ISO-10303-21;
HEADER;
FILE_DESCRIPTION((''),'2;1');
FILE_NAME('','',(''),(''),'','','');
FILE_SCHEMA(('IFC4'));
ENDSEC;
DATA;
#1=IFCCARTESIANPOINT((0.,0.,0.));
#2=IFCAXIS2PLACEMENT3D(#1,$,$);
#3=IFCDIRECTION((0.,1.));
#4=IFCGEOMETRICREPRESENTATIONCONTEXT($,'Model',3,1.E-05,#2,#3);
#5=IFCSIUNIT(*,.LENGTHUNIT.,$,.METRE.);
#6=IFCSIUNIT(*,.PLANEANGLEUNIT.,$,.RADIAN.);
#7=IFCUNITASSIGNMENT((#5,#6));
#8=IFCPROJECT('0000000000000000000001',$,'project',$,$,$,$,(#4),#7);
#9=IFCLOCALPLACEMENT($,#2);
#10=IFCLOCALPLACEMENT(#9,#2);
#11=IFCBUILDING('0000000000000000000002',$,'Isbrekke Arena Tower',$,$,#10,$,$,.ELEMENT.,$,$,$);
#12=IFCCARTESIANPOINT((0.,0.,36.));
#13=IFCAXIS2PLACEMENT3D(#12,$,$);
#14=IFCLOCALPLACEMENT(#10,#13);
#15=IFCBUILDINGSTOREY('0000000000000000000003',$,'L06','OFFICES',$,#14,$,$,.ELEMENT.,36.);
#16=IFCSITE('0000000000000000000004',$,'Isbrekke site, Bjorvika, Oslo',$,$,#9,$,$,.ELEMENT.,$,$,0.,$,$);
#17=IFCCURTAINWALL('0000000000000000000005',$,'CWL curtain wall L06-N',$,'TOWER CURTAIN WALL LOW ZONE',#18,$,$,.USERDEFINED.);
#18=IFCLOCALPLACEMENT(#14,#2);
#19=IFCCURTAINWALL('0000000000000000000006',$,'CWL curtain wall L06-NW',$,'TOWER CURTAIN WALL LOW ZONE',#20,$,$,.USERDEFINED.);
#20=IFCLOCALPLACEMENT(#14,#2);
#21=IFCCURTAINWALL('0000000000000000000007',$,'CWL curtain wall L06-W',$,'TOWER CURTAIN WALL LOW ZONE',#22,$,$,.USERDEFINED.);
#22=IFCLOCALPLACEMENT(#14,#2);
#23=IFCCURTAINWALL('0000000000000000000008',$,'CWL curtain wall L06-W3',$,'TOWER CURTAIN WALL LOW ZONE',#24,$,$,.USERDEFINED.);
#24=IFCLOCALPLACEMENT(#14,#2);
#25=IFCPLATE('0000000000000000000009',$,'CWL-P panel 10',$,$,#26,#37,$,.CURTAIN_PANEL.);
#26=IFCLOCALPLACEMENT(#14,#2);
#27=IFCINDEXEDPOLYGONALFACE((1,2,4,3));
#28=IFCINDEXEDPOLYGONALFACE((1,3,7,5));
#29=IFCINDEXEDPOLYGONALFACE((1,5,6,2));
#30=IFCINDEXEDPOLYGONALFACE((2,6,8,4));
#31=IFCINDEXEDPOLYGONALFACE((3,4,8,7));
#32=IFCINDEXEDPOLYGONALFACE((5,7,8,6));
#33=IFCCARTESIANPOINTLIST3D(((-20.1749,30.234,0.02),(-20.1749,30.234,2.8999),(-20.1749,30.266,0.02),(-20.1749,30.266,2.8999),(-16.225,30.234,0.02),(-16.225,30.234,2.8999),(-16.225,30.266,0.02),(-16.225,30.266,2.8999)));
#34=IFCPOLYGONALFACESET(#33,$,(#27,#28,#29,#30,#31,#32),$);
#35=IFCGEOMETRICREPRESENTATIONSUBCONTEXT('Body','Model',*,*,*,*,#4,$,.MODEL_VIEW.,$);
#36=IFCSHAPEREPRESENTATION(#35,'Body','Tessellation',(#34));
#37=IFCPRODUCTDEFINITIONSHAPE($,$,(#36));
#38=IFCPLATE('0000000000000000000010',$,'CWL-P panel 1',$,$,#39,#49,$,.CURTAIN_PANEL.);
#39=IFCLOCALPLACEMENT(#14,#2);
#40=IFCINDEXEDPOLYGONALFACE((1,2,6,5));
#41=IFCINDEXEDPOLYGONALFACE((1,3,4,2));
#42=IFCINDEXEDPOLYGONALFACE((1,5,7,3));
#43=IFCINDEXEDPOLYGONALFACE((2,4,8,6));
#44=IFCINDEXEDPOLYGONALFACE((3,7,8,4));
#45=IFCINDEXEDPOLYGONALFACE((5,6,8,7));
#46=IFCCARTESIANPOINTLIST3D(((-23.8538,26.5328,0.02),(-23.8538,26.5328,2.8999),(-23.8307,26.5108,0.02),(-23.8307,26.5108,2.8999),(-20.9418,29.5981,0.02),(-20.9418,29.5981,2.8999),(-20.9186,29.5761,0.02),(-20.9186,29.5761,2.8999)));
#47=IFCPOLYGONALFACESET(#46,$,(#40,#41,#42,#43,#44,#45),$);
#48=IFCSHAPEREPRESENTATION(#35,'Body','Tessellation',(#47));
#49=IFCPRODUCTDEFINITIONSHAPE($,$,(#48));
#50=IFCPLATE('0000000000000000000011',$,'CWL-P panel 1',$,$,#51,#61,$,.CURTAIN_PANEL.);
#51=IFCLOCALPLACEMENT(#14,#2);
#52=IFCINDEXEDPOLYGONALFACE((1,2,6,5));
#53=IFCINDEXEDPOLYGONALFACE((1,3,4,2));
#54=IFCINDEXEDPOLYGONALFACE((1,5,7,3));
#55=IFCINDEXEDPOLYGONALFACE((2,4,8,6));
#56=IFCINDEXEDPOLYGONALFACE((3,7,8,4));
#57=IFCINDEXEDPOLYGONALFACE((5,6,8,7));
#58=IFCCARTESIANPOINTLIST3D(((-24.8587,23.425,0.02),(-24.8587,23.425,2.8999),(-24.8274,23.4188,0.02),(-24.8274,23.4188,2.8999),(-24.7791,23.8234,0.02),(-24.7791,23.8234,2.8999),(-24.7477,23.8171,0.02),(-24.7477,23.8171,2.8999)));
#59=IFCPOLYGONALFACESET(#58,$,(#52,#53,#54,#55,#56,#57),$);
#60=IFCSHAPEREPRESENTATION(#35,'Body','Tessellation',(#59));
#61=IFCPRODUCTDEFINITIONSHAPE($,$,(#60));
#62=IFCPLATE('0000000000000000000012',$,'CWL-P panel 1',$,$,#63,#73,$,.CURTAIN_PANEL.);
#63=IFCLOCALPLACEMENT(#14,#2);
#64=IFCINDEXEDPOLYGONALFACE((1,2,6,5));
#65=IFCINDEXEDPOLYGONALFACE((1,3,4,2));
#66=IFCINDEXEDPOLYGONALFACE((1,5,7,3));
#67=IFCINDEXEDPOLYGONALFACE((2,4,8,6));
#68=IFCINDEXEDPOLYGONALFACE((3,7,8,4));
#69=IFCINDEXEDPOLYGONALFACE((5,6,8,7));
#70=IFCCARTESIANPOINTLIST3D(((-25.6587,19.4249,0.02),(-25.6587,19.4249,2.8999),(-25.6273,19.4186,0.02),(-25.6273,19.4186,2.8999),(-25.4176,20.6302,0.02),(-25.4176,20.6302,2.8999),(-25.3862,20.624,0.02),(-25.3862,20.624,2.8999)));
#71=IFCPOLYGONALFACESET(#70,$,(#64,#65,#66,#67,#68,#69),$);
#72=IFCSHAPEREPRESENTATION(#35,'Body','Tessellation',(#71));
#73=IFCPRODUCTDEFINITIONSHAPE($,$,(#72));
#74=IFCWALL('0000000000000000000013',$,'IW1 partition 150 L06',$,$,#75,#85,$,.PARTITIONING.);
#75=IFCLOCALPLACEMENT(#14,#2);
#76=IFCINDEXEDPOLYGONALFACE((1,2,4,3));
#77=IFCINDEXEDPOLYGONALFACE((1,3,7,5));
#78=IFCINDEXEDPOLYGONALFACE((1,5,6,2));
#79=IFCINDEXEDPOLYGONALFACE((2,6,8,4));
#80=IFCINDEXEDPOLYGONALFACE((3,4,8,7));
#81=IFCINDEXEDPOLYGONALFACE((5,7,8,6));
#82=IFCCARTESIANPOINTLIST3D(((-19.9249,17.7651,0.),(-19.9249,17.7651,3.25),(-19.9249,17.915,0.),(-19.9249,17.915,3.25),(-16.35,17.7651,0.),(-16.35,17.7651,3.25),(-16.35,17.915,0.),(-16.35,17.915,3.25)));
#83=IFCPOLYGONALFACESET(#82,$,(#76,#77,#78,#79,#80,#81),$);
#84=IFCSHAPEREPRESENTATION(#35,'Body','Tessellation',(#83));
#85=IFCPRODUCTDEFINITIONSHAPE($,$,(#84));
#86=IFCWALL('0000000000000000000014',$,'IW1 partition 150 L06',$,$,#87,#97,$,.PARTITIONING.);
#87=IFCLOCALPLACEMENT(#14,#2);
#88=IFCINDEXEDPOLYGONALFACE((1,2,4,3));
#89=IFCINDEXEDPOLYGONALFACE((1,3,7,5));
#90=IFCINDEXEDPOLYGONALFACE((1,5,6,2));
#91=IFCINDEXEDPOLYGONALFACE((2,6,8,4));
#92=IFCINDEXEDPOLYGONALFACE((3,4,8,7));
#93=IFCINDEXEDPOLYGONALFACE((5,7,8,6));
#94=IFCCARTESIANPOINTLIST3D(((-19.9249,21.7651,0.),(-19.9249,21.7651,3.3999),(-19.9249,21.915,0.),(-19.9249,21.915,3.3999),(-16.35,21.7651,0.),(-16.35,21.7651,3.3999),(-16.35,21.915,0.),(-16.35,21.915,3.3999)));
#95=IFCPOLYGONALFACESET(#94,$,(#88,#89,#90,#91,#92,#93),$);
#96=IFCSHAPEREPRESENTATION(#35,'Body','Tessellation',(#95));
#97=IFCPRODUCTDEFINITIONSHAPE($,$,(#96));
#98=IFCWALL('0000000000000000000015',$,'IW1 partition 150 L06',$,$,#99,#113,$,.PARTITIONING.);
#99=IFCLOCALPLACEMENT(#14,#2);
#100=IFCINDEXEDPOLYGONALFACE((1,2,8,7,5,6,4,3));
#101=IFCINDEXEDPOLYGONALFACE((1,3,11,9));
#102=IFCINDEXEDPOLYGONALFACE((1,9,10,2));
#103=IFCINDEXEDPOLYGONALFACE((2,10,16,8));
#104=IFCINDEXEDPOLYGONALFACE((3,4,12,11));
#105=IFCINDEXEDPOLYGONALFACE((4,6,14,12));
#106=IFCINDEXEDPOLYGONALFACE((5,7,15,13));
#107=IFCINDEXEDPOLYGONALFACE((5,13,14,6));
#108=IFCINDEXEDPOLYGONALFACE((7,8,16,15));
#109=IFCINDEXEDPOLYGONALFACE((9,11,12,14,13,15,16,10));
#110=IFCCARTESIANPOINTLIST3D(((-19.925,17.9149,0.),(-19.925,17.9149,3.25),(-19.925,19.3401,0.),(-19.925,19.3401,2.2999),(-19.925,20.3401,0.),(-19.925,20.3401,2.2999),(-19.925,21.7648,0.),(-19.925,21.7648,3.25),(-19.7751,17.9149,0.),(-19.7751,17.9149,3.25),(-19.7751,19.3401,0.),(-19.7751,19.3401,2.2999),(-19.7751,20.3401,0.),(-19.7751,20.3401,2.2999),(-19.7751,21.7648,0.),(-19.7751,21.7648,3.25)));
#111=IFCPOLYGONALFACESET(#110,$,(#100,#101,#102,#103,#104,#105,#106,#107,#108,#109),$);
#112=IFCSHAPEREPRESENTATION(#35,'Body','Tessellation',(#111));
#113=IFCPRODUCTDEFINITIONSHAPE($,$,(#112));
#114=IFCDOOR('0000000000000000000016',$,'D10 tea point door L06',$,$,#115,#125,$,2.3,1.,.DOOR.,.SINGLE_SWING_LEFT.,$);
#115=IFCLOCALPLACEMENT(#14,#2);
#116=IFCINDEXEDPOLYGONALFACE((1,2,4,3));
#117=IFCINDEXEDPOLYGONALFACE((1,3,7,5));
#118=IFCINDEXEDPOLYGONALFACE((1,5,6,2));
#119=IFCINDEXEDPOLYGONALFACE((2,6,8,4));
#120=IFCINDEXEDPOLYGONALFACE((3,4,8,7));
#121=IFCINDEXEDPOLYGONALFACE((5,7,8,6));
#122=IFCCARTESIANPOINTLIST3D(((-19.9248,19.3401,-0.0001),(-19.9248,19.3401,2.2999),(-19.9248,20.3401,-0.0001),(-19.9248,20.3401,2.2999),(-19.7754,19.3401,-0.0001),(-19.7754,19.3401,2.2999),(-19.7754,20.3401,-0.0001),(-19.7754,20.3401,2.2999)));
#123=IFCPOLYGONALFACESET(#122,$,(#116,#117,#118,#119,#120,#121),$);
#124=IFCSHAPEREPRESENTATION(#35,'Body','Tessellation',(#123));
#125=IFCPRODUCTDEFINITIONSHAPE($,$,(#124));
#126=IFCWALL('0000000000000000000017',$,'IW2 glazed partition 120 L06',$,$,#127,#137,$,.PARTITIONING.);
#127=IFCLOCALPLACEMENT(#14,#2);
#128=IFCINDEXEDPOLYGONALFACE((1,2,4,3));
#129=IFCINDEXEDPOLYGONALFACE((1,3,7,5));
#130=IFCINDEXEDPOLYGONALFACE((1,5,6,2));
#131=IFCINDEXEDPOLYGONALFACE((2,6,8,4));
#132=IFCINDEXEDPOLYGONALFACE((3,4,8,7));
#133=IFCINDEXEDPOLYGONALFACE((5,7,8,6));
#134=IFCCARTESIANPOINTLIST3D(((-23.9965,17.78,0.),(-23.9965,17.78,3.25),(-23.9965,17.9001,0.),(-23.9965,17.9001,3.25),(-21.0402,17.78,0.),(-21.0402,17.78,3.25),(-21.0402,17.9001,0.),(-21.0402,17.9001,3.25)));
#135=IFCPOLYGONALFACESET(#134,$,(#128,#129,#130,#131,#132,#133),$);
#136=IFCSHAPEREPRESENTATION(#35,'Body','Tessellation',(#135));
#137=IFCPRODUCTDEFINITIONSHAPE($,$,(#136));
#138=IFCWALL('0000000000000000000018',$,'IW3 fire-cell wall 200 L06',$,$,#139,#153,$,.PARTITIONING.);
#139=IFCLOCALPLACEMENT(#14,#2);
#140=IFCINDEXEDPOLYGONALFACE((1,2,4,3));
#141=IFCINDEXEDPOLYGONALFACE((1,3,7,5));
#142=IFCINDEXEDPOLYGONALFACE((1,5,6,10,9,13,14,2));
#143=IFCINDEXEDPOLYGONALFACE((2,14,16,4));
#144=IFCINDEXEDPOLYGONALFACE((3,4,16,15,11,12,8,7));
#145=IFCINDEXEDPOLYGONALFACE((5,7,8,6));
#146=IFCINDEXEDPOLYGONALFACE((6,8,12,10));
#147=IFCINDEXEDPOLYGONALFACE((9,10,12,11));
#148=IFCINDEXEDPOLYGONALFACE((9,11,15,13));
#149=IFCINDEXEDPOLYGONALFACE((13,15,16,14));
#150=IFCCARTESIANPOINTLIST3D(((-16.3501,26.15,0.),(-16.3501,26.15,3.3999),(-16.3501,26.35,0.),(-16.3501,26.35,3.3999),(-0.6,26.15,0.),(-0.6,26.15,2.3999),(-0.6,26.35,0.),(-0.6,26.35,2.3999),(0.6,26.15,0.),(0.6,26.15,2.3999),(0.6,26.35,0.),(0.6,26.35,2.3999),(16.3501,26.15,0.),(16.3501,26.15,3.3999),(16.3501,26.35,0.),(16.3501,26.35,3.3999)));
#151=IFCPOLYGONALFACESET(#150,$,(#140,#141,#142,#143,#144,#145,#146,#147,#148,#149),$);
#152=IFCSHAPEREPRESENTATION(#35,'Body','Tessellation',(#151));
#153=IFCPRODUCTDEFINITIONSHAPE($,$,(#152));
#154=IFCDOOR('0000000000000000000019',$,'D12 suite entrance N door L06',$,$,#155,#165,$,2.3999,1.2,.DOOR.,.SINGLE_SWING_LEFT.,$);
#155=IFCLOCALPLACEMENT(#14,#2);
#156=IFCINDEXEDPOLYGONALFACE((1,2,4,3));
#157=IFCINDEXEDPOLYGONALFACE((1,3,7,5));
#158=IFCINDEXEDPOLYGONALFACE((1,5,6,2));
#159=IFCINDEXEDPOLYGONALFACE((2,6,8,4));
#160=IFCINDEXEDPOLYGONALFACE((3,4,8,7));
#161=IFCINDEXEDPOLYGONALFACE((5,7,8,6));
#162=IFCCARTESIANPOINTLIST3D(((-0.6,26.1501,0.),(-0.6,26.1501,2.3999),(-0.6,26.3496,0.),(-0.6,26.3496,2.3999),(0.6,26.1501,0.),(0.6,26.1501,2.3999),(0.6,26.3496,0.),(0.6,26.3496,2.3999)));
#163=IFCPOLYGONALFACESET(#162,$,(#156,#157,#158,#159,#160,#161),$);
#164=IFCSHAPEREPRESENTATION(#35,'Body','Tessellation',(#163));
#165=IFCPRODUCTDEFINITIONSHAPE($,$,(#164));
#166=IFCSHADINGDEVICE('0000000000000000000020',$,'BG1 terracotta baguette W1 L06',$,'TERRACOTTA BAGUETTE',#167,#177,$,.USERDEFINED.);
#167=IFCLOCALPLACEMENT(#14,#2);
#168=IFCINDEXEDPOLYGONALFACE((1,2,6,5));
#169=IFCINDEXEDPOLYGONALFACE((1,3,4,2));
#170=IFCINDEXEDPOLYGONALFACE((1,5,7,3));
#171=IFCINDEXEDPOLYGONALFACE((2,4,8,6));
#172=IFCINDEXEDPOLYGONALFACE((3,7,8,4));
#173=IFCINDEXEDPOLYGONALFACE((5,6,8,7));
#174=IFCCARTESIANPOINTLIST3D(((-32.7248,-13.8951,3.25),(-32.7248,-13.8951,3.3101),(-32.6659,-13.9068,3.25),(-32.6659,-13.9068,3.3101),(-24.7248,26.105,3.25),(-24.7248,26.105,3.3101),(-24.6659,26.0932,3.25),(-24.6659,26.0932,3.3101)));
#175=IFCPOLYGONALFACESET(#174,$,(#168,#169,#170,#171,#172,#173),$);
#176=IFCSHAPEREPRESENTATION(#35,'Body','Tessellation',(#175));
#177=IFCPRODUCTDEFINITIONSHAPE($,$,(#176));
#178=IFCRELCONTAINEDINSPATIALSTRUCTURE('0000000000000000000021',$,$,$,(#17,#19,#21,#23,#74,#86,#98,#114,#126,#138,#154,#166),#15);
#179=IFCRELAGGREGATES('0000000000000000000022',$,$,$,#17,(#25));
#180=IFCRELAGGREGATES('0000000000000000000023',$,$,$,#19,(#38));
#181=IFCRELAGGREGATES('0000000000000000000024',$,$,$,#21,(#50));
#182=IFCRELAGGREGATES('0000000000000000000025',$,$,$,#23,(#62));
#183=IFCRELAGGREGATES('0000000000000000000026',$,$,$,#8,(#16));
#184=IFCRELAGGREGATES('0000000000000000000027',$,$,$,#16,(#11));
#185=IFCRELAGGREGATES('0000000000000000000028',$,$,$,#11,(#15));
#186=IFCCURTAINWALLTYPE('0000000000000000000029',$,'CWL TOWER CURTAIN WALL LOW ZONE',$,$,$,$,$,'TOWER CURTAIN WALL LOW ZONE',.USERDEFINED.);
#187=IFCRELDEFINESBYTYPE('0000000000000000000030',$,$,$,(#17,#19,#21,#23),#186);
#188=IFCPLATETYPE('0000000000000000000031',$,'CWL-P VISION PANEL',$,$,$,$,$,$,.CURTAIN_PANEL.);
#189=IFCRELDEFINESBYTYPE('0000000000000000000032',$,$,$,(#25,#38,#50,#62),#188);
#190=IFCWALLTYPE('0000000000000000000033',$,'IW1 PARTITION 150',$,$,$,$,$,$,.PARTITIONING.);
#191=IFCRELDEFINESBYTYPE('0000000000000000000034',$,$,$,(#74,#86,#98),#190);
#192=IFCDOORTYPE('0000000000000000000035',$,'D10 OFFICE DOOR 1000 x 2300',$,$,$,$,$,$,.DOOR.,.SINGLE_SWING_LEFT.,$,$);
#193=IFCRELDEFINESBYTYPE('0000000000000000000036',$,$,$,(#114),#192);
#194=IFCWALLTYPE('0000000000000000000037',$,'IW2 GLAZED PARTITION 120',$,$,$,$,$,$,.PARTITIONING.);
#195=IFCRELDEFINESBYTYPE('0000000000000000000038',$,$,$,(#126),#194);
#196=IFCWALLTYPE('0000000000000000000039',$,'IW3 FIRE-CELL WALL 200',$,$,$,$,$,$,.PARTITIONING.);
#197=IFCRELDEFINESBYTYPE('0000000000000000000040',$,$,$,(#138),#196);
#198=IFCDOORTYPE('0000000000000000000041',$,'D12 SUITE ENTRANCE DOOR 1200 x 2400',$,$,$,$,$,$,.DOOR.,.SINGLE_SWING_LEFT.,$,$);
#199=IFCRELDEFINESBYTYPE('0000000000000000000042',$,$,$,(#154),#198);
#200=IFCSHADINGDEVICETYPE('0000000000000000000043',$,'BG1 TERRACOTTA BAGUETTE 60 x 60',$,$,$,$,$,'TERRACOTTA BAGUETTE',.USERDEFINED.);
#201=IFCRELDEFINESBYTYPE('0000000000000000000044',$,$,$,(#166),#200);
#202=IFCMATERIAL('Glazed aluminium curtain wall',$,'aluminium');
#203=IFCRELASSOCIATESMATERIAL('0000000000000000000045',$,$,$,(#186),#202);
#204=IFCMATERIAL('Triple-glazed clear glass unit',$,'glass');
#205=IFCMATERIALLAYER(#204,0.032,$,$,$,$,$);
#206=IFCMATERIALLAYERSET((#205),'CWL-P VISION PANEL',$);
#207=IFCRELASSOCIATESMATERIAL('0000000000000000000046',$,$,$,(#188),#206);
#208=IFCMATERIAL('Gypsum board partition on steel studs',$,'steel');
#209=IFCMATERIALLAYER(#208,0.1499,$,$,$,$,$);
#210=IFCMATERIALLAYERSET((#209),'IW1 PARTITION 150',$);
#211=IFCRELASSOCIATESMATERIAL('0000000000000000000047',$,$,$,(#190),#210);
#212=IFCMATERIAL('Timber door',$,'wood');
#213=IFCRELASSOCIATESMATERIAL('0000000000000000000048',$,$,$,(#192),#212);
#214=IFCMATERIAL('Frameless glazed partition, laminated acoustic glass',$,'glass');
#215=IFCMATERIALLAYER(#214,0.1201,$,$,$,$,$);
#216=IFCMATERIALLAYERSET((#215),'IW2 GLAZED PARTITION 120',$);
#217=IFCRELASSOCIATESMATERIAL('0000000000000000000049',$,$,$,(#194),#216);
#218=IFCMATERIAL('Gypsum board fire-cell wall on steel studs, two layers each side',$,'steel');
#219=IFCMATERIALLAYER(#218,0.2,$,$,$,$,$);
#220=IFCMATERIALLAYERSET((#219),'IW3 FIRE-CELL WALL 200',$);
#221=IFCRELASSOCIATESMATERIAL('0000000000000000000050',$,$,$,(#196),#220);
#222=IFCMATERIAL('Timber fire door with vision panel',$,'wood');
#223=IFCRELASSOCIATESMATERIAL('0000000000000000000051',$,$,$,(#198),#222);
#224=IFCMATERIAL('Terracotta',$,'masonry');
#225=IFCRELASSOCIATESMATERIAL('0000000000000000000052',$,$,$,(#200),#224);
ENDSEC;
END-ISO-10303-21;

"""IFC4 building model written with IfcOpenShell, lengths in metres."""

from ifc_helpers import new_model, si_unit, direction, frame, frame_2d, origin, origin_2d, place, context, subcontext, project, spatial, rectangle, extrude, material, layer, layer_set, material_profile, profile_set, type_object, element, fill, aggregate, save


model = new_model("IFC4")

# Units and contexts
model_context = context("Model", 3, precision=1e-05, world=origin(), true_north=direction((0.0, 1.0)))
body_context = subcontext(model_context, "Body", "Model", "MODEL_VIEW")
ifc_project = project(units=[si_unit("LENGTHUNIT", "METRE"), si_unit("PLANEANGLEUNIT", "RADIAN")], contexts=[model_context])

# Site, building, storey
site_placement = place(None, origin())
site = spatial("IfcSite", under=ifc_project, at=site_placement, Name="Isbrekke site, Bjorvika, Oslo", CompositionType="ELEMENT", RefElevation=0.0)
building_placement = place(site_placement, origin())
building = spatial("IfcBuilding", under=site, at=building_placement, Name="Isbrekke Arena Tower", CompositionType="ELEMENT")
storey_placement = place(building_placement, frame((0.0, 0.0, 36.0)))
storey = spatial("IfcBuildingStorey", under=building, at=storey_placement, Name="L06", Description="OFFICES", CompositionType="ELEMENT", Elevation=36.0)

# Curtain wall
ifc_material_1 = material(Name="Glazed aluminium curtain wall", Category="aluminium")
curtain_wall_type = type_object("IfcCurtainWallType", Name="CWL TOWER CURTAIN WALL LOW ZONE", ElementType="TOWER CURTAIN WALL LOW ZONE", PredefinedType="USERDEFINED", material=ifc_material_1)
curtain_wall_1_placement = place(storey_placement, origin())
curtain_wall_1 = element("IfcCurtainWall", 1, at=curtain_wall_1_placement, inside=storey, type_object=curtain_wall_type, Name="CWL curtain wall L06-N", ObjectType="TOWER CURTAIN WALL LOW ZONE", PredefinedType="USERDEFINED")

# Curtain walls
curtain_wall_2_placement = place(storey_placement, origin())
curtain_wall_2 = element("IfcCurtainWall", 2, at=curtain_wall_2_placement, inside=storey, type_object=curtain_wall_type, Name="CWL curtain wall L06-NW", ObjectType="TOWER CURTAIN WALL LOW ZONE", PredefinedType="USERDEFINED")
curtain_wall_3_placement = place(storey_placement, origin())
curtain_wall_3 = element("IfcCurtainWall", 3, at=curtain_wall_3_placement, inside=storey, type_object=curtain_wall_type, Name="CWL curtain wall L06-W", ObjectType="TOWER CURTAIN WALL LOW ZONE", PredefinedType="USERDEFINED")
curtain_wall_4_placement = place(storey_placement, origin())
curtain_wall_4 = element("IfcCurtainWall", 4, at=curtain_wall_4_placement, inside=storey, type_object=curtain_wall_type, Name="CWL curtain wall L06-W3", ObjectType="TOWER CURTAIN WALL LOW ZONE", PredefinedType="USERDEFINED")

# Plates
ifc_material_2 = material(Name="Triple-glazed clear glass unit", Category="glass")
ifc_layer_1 = layer(ifc_material_2, 0.032)
ifc_layer_set_1 = layer_set([ifc_layer_1], Name="CWL-P VISION PANEL")
plate_type = type_object("IfcPlateType", Name="CWL-P VISION PANEL", PredefinedType="CURTAIN_PANEL", material=ifc_layer_set_1)
plate_1_placement = place(storey_placement, frame((-18.2, 30.25, 0.02), z_axis=(0.0, 0.0, 1.0), x_axis=(-1.0, 0.0, 0.0)))
plate_1 = element("IfcPlate", 5, at=plate_1_placement, type_object=plate_type, Name="CWL-P panel 10", PredefinedType="CURTAIN_PANEL", context=body_context, shape_type="SweptSolid", body=[
    extrude(rectangle(XDim=3.95, YDim=0.032, at=origin_2d()), origin(), (0.0, 0.0, 1.0), 2.8799),
])
aggregate(curtain_wall_1, [plate_1])
plate_2_placement = place(storey_placement, frame((-22.3862, 28.0544, 0.02), z_axis=(0.0, 0.0, 1.0), x_axis=(-0.688749, -0.724999, 0.0)))
plate_2 = element("IfcPlate", 6, at=plate_2_placement, type_object=plate_type, Name="CWL-P panel 1", PredefinedType="CURTAIN_PANEL", context=body_context, shape_type="SweptSolid", body=[
    extrude(rectangle(XDim=4.228, YDim=0.032, at=origin_2d()), origin(), (0.0, 0.0, 1.0), 2.8799),
])
aggregate(curtain_wall_2, [plate_2])
plate_3_placement = place(storey_placement, frame((-24.8032, 23.6211, 0.02), z_axis=(0.0, 0.0, 1.0), x_axis=(-0.196116, -0.980581, 0.0)))
plate_3 = element("IfcPlate", 7, at=plate_3_placement, type_object=plate_type, Name="CWL-P panel 1", PredefinedType="CURTAIN_PANEL", context=body_context, shape_type="SweptSolid", body=[
    extrude(rectangle(XDim=0.4062, YDim=0.032, at=origin_2d()), origin(), (0.0, 0.0, 1.0), 2.8799),
])
aggregate(curtain_wall_3, [plate_3])
plate_4_placement = place(storey_placement, frame((-25.5225, 20.0244, 0.02), z_axis=(0.0, 0.0, 1.0), x_axis=(-0.196116, -0.980581, 0.0)))
plate_4 = element("IfcPlate", 8, at=plate_4_placement, type_object=plate_type, Name="CWL-P panel 1", PredefinedType="CURTAIN_PANEL", context=body_context, shape_type="SweptSolid", body=[
    extrude(rectangle(XDim=1.2292, YDim=0.032, at=origin_2d()), origin(), (0.0, 0.0, 1.0), 2.8799),
])
aggregate(curtain_wall_4, [plate_4])

# Walls
ifc_material_3 = material(Name="Gypsum board partition on steel studs", Category="steel")
ifc_layer_2 = layer(ifc_material_3, 0.1499)
ifc_layer_set_2 = layer_set([ifc_layer_2], Name="IW1 PARTITION 150")
wall_type_1 = type_object("IfcWallType", Name="IW1 PARTITION 150", PredefinedType="PARTITIONING", material=ifc_layer_set_2)
wall_1_placement = place(storey_placement, frame((-19.925, 17.8401, 0.0), z_axis=(0.0, 0.0, 1.0), x_axis=(1.0, 0.0, 0.0)))
element("IfcWall", 9, at=wall_1_placement, inside=storey, type_object=wall_type_1, Name="IW1 partition 150 L06", PredefinedType="PARTITIONING", context=body_context, shape_type="SweptSolid", body=[
    extrude(rectangle(XDim=3.575, YDim=0.1499, at=frame_2d((1.7876, 0.0))), origin(), (0.0, 0.0, 1.0), 3.25),
])
wall_2_placement = place(storey_placement, frame((-19.925, 21.8401, 0.0), z_axis=(0.0, 0.0, 1.0), x_axis=(1.0, 0.0, 0.0)))
element("IfcWall", 10, at=wall_2_placement, inside=storey, type_object=wall_type_1, Name="IW1 partition 150 L06", PredefinedType="PARTITIONING", context=body_context, shape_type="SweptSolid", body=[
    extrude(rectangle(XDim=3.575, YDim=0.1499, at=frame_2d((1.7876, 0.0))), origin(), (0.0, 0.0, 1.0), 3.3999),
])

# Wall, opening, door
wall_3_placement = place(storey_placement, frame((-19.8501, 17.915, 0.0), z_axis=(0.0, 0.0, 1.0), x_axis=(0.0, 1.0, 0.0)))
wall_3 = element("IfcWall", 11, at=wall_3_placement, inside=storey, type_object=wall_type_1, Name="IW1 partition 150 L06", PredefinedType="PARTITIONING", context=body_context, shape_type="SweptSolid", body=[
    extrude(rectangle(XDim=3.8499, YDim=0.1499, at=frame_2d((1.9248, 0.0))), origin(), (0.0, 0.0, 1.0), 3.25),
])
opening_1_placement = place(wall_3_placement, frame((1.425, 0.0, 0.0)))
opening_1 = element("IfcOpeningElement", 12, at=opening_1_placement, cuts=wall_3, PredefinedType="OPENING", context=body_context, shape_type="SweptSolid", body=[
    extrude(rectangle(XDim=1.0, YDim=2.3, at=frame_2d((0.5, 1.1499))), frame((0.0, 0.0898, 0.0), z_axis=(0.0, -1.0, 0.0), x_axis=(1.0, 0.0, 0.0)), (0.0, 0.0, 1.0), 0.1797),
])
ifc_material_4 = material(Name="Timber door", Category="wood")
door_type_1 = type_object("IfcDoorType", Name="D10 OFFICE DOOR 1000 x 2300", OperationType="SINGLE_SWING_LEFT", PredefinedType="DOOR", material=ifc_material_4)
door_1_placement = place(opening_1_placement, origin())
door_1 = element("IfcDoor", 13, at=door_1_placement, inside=storey, type_object=door_type_1, Name="D10 tea point door L06", OperationType="SINGLE_SWING_LEFT", OverallHeight=2.3, OverallWidth=1.0, PredefinedType="DOOR", context=body_context, shape_type="SweptSolid", body=[
    extrude(rectangle(XDim=1.0, YDim=2.3, at=frame_2d((0.5, 1.1499))), frame((0.0, 0.0747, 0.0), z_axis=(0.0, -1.0, 0.0), x_axis=(1.0, 0.0, 0.0)), (0.0, 0.0, 1.0), 0.1494),
])
fill(opening_1, door_1)

# Wall
ifc_material_5 = material(Name="Frameless glazed partition, laminated acoustic glass", Category="glass")
ifc_layer_3 = layer(ifc_material_5, 0.1201)
ifc_layer_set_3 = layer_set([ifc_layer_3], Name="IW2 GLAZED PARTITION 120")
wall_type_2 = type_object("IfcWallType", Name="IW2 GLAZED PARTITION 120", PredefinedType="PARTITIONING", material=ifc_layer_set_3)
wall_4_placement = place(storey_placement, frame((-23.9963, 17.8401, 0.0), z_axis=(0.0, 0.0, 1.0), x_axis=(1.0, 0.0, 0.0)))
element("IfcWall", 14, at=wall_4_placement, inside=storey, type_object=wall_type_2, Name="IW2 glazed partition 120 L06", PredefinedType="PARTITIONING", context=body_context, shape_type="SweptSolid", body=[
    extrude(rectangle(XDim=2.9563, YDim=0.1201, at=frame_2d((1.478, 0.0))), origin(), (0.0, 0.0, 1.0), 3.25),
])

# Wall, opening, door
ifc_material_6 = material(Name="Gypsum board fire-cell wall on steel studs, two layers each side", Category="steel")
ifc_layer_4 = layer(ifc_material_6, 0.2)
ifc_layer_set_4 = layer_set([ifc_layer_4], Name="IW3 FIRE-CELL WALL 200")
wall_type_3 = type_object("IfcWallType", Name="IW3 FIRE-CELL WALL 200", PredefinedType="PARTITIONING", material=ifc_layer_set_4)
wall_5_placement = place(storey_placement, frame((-16.3501, 26.25, 0.0), z_axis=(0.0, 0.0, 1.0), x_axis=(1.0, 0.0, 0.0)))
wall_5 = element("IfcWall", 15, at=wall_5_placement, inside=storey, type_object=wall_type_3, Name="IW3 fire-cell wall 200 L06", PredefinedType="PARTITIONING", context=body_context, shape_type="SweptSolid", body=[
    extrude(rectangle(XDim=32.7002, YDim=0.2, at=frame_2d((16.3501, 0.0))), origin(), (0.0, 0.0, 1.0), 3.3999),
])
opening_2_placement = place(wall_5_placement, frame((15.75, 0.0, 0.0)))
opening_2 = element("IfcOpeningElement", 16, at=opening_2_placement, cuts=wall_5, PredefinedType="OPENING", context=body_context, shape_type="SweptSolid", body=[
    extrude(rectangle(XDim=1.2, YDim=2.3999, at=frame_2d((0.6001, 1.2))), frame((0.0, 0.1147, 0.0), z_axis=(0.0, -1.0, 0.0), x_axis=(1.0, 0.0, 0.0)), (0.0, 0.0, 1.0), 0.2297),
])
ifc_material_7 = material(Name="Timber fire door with vision panel", Category="wood")
door_type_2 = type_object("IfcDoorType", Name="D12 SUITE ENTRANCE DOOR 1200 x 2400", OperationType="SINGLE_SWING_LEFT", PredefinedType="DOOR", material=ifc_material_7)
door_2_placement = place(opening_2_placement, origin())
door_2 = element("IfcDoor", 17, at=door_2_placement, inside=storey, type_object=door_type_2, Name="D12 suite entrance N door L06", OperationType="SINGLE_SWING_LEFT", OverallHeight=2.3999, OverallWidth=1.2, PredefinedType="DOOR", context=body_context, shape_type="SweptSolid", body=[
    extrude(rectangle(XDim=1.2, YDim=2.3999, at=frame_2d((0.6001, 1.2))), frame((0.0, 0.0996, 0.0), z_axis=(0.0, -1.0, 0.0), x_axis=(1.0, 0.0, 0.0)), (0.0, 0.0, 1.0), 0.1995),
])
fill(opening_2, door_2)

# Shading device
ifc_material_8 = material(Name="Terracotta", Category="masonry")
ifc_material_profile_1 = material_profile(ifc_material_8, rectangle(XDim=0.0601, YDim=0.0601, at=origin_2d()), Name="BAGUETTE 60X60")
ifc_profile_set_1 = profile_set([ifc_material_profile_1], Name="Terracotta")
shading_device_type = type_object("IfcShadingDeviceType", Name="BG1 TERRACOTTA BAGUETTE 60 x 60", ElementType="TERRACOTTA BAGUETTE", PredefinedType="USERDEFINED", material=ifc_profile_set_1)
for number, where, z_axis, x_axis, name in (
    (18, (-24.6953, 26.0991, 3.28), (-0.196116, -0.980581, 0.0), (0.980581, -0.196116, 0.0), "BG1 terracotta baguette W1 L06"),
):
    element("IfcShadingDevice", number, at=place(storey_placement, frame(where, z_axis=z_axis, x_axis=x_axis)), inside=storey, type_object=shading_device_type, Name=name, ObjectType="TERRACOTTA BAGUETTE", PredefinedType="USERDEFINED", context=body_context, shape_type="SweptSolid", body=[
        extrude(rectangle(XDim=0.0601, YDim=0.0601, at=origin_2d()), origin(), (0.0, 0.0, 1.0), 40.7922),
    ])

save(model, "model.ifc")
